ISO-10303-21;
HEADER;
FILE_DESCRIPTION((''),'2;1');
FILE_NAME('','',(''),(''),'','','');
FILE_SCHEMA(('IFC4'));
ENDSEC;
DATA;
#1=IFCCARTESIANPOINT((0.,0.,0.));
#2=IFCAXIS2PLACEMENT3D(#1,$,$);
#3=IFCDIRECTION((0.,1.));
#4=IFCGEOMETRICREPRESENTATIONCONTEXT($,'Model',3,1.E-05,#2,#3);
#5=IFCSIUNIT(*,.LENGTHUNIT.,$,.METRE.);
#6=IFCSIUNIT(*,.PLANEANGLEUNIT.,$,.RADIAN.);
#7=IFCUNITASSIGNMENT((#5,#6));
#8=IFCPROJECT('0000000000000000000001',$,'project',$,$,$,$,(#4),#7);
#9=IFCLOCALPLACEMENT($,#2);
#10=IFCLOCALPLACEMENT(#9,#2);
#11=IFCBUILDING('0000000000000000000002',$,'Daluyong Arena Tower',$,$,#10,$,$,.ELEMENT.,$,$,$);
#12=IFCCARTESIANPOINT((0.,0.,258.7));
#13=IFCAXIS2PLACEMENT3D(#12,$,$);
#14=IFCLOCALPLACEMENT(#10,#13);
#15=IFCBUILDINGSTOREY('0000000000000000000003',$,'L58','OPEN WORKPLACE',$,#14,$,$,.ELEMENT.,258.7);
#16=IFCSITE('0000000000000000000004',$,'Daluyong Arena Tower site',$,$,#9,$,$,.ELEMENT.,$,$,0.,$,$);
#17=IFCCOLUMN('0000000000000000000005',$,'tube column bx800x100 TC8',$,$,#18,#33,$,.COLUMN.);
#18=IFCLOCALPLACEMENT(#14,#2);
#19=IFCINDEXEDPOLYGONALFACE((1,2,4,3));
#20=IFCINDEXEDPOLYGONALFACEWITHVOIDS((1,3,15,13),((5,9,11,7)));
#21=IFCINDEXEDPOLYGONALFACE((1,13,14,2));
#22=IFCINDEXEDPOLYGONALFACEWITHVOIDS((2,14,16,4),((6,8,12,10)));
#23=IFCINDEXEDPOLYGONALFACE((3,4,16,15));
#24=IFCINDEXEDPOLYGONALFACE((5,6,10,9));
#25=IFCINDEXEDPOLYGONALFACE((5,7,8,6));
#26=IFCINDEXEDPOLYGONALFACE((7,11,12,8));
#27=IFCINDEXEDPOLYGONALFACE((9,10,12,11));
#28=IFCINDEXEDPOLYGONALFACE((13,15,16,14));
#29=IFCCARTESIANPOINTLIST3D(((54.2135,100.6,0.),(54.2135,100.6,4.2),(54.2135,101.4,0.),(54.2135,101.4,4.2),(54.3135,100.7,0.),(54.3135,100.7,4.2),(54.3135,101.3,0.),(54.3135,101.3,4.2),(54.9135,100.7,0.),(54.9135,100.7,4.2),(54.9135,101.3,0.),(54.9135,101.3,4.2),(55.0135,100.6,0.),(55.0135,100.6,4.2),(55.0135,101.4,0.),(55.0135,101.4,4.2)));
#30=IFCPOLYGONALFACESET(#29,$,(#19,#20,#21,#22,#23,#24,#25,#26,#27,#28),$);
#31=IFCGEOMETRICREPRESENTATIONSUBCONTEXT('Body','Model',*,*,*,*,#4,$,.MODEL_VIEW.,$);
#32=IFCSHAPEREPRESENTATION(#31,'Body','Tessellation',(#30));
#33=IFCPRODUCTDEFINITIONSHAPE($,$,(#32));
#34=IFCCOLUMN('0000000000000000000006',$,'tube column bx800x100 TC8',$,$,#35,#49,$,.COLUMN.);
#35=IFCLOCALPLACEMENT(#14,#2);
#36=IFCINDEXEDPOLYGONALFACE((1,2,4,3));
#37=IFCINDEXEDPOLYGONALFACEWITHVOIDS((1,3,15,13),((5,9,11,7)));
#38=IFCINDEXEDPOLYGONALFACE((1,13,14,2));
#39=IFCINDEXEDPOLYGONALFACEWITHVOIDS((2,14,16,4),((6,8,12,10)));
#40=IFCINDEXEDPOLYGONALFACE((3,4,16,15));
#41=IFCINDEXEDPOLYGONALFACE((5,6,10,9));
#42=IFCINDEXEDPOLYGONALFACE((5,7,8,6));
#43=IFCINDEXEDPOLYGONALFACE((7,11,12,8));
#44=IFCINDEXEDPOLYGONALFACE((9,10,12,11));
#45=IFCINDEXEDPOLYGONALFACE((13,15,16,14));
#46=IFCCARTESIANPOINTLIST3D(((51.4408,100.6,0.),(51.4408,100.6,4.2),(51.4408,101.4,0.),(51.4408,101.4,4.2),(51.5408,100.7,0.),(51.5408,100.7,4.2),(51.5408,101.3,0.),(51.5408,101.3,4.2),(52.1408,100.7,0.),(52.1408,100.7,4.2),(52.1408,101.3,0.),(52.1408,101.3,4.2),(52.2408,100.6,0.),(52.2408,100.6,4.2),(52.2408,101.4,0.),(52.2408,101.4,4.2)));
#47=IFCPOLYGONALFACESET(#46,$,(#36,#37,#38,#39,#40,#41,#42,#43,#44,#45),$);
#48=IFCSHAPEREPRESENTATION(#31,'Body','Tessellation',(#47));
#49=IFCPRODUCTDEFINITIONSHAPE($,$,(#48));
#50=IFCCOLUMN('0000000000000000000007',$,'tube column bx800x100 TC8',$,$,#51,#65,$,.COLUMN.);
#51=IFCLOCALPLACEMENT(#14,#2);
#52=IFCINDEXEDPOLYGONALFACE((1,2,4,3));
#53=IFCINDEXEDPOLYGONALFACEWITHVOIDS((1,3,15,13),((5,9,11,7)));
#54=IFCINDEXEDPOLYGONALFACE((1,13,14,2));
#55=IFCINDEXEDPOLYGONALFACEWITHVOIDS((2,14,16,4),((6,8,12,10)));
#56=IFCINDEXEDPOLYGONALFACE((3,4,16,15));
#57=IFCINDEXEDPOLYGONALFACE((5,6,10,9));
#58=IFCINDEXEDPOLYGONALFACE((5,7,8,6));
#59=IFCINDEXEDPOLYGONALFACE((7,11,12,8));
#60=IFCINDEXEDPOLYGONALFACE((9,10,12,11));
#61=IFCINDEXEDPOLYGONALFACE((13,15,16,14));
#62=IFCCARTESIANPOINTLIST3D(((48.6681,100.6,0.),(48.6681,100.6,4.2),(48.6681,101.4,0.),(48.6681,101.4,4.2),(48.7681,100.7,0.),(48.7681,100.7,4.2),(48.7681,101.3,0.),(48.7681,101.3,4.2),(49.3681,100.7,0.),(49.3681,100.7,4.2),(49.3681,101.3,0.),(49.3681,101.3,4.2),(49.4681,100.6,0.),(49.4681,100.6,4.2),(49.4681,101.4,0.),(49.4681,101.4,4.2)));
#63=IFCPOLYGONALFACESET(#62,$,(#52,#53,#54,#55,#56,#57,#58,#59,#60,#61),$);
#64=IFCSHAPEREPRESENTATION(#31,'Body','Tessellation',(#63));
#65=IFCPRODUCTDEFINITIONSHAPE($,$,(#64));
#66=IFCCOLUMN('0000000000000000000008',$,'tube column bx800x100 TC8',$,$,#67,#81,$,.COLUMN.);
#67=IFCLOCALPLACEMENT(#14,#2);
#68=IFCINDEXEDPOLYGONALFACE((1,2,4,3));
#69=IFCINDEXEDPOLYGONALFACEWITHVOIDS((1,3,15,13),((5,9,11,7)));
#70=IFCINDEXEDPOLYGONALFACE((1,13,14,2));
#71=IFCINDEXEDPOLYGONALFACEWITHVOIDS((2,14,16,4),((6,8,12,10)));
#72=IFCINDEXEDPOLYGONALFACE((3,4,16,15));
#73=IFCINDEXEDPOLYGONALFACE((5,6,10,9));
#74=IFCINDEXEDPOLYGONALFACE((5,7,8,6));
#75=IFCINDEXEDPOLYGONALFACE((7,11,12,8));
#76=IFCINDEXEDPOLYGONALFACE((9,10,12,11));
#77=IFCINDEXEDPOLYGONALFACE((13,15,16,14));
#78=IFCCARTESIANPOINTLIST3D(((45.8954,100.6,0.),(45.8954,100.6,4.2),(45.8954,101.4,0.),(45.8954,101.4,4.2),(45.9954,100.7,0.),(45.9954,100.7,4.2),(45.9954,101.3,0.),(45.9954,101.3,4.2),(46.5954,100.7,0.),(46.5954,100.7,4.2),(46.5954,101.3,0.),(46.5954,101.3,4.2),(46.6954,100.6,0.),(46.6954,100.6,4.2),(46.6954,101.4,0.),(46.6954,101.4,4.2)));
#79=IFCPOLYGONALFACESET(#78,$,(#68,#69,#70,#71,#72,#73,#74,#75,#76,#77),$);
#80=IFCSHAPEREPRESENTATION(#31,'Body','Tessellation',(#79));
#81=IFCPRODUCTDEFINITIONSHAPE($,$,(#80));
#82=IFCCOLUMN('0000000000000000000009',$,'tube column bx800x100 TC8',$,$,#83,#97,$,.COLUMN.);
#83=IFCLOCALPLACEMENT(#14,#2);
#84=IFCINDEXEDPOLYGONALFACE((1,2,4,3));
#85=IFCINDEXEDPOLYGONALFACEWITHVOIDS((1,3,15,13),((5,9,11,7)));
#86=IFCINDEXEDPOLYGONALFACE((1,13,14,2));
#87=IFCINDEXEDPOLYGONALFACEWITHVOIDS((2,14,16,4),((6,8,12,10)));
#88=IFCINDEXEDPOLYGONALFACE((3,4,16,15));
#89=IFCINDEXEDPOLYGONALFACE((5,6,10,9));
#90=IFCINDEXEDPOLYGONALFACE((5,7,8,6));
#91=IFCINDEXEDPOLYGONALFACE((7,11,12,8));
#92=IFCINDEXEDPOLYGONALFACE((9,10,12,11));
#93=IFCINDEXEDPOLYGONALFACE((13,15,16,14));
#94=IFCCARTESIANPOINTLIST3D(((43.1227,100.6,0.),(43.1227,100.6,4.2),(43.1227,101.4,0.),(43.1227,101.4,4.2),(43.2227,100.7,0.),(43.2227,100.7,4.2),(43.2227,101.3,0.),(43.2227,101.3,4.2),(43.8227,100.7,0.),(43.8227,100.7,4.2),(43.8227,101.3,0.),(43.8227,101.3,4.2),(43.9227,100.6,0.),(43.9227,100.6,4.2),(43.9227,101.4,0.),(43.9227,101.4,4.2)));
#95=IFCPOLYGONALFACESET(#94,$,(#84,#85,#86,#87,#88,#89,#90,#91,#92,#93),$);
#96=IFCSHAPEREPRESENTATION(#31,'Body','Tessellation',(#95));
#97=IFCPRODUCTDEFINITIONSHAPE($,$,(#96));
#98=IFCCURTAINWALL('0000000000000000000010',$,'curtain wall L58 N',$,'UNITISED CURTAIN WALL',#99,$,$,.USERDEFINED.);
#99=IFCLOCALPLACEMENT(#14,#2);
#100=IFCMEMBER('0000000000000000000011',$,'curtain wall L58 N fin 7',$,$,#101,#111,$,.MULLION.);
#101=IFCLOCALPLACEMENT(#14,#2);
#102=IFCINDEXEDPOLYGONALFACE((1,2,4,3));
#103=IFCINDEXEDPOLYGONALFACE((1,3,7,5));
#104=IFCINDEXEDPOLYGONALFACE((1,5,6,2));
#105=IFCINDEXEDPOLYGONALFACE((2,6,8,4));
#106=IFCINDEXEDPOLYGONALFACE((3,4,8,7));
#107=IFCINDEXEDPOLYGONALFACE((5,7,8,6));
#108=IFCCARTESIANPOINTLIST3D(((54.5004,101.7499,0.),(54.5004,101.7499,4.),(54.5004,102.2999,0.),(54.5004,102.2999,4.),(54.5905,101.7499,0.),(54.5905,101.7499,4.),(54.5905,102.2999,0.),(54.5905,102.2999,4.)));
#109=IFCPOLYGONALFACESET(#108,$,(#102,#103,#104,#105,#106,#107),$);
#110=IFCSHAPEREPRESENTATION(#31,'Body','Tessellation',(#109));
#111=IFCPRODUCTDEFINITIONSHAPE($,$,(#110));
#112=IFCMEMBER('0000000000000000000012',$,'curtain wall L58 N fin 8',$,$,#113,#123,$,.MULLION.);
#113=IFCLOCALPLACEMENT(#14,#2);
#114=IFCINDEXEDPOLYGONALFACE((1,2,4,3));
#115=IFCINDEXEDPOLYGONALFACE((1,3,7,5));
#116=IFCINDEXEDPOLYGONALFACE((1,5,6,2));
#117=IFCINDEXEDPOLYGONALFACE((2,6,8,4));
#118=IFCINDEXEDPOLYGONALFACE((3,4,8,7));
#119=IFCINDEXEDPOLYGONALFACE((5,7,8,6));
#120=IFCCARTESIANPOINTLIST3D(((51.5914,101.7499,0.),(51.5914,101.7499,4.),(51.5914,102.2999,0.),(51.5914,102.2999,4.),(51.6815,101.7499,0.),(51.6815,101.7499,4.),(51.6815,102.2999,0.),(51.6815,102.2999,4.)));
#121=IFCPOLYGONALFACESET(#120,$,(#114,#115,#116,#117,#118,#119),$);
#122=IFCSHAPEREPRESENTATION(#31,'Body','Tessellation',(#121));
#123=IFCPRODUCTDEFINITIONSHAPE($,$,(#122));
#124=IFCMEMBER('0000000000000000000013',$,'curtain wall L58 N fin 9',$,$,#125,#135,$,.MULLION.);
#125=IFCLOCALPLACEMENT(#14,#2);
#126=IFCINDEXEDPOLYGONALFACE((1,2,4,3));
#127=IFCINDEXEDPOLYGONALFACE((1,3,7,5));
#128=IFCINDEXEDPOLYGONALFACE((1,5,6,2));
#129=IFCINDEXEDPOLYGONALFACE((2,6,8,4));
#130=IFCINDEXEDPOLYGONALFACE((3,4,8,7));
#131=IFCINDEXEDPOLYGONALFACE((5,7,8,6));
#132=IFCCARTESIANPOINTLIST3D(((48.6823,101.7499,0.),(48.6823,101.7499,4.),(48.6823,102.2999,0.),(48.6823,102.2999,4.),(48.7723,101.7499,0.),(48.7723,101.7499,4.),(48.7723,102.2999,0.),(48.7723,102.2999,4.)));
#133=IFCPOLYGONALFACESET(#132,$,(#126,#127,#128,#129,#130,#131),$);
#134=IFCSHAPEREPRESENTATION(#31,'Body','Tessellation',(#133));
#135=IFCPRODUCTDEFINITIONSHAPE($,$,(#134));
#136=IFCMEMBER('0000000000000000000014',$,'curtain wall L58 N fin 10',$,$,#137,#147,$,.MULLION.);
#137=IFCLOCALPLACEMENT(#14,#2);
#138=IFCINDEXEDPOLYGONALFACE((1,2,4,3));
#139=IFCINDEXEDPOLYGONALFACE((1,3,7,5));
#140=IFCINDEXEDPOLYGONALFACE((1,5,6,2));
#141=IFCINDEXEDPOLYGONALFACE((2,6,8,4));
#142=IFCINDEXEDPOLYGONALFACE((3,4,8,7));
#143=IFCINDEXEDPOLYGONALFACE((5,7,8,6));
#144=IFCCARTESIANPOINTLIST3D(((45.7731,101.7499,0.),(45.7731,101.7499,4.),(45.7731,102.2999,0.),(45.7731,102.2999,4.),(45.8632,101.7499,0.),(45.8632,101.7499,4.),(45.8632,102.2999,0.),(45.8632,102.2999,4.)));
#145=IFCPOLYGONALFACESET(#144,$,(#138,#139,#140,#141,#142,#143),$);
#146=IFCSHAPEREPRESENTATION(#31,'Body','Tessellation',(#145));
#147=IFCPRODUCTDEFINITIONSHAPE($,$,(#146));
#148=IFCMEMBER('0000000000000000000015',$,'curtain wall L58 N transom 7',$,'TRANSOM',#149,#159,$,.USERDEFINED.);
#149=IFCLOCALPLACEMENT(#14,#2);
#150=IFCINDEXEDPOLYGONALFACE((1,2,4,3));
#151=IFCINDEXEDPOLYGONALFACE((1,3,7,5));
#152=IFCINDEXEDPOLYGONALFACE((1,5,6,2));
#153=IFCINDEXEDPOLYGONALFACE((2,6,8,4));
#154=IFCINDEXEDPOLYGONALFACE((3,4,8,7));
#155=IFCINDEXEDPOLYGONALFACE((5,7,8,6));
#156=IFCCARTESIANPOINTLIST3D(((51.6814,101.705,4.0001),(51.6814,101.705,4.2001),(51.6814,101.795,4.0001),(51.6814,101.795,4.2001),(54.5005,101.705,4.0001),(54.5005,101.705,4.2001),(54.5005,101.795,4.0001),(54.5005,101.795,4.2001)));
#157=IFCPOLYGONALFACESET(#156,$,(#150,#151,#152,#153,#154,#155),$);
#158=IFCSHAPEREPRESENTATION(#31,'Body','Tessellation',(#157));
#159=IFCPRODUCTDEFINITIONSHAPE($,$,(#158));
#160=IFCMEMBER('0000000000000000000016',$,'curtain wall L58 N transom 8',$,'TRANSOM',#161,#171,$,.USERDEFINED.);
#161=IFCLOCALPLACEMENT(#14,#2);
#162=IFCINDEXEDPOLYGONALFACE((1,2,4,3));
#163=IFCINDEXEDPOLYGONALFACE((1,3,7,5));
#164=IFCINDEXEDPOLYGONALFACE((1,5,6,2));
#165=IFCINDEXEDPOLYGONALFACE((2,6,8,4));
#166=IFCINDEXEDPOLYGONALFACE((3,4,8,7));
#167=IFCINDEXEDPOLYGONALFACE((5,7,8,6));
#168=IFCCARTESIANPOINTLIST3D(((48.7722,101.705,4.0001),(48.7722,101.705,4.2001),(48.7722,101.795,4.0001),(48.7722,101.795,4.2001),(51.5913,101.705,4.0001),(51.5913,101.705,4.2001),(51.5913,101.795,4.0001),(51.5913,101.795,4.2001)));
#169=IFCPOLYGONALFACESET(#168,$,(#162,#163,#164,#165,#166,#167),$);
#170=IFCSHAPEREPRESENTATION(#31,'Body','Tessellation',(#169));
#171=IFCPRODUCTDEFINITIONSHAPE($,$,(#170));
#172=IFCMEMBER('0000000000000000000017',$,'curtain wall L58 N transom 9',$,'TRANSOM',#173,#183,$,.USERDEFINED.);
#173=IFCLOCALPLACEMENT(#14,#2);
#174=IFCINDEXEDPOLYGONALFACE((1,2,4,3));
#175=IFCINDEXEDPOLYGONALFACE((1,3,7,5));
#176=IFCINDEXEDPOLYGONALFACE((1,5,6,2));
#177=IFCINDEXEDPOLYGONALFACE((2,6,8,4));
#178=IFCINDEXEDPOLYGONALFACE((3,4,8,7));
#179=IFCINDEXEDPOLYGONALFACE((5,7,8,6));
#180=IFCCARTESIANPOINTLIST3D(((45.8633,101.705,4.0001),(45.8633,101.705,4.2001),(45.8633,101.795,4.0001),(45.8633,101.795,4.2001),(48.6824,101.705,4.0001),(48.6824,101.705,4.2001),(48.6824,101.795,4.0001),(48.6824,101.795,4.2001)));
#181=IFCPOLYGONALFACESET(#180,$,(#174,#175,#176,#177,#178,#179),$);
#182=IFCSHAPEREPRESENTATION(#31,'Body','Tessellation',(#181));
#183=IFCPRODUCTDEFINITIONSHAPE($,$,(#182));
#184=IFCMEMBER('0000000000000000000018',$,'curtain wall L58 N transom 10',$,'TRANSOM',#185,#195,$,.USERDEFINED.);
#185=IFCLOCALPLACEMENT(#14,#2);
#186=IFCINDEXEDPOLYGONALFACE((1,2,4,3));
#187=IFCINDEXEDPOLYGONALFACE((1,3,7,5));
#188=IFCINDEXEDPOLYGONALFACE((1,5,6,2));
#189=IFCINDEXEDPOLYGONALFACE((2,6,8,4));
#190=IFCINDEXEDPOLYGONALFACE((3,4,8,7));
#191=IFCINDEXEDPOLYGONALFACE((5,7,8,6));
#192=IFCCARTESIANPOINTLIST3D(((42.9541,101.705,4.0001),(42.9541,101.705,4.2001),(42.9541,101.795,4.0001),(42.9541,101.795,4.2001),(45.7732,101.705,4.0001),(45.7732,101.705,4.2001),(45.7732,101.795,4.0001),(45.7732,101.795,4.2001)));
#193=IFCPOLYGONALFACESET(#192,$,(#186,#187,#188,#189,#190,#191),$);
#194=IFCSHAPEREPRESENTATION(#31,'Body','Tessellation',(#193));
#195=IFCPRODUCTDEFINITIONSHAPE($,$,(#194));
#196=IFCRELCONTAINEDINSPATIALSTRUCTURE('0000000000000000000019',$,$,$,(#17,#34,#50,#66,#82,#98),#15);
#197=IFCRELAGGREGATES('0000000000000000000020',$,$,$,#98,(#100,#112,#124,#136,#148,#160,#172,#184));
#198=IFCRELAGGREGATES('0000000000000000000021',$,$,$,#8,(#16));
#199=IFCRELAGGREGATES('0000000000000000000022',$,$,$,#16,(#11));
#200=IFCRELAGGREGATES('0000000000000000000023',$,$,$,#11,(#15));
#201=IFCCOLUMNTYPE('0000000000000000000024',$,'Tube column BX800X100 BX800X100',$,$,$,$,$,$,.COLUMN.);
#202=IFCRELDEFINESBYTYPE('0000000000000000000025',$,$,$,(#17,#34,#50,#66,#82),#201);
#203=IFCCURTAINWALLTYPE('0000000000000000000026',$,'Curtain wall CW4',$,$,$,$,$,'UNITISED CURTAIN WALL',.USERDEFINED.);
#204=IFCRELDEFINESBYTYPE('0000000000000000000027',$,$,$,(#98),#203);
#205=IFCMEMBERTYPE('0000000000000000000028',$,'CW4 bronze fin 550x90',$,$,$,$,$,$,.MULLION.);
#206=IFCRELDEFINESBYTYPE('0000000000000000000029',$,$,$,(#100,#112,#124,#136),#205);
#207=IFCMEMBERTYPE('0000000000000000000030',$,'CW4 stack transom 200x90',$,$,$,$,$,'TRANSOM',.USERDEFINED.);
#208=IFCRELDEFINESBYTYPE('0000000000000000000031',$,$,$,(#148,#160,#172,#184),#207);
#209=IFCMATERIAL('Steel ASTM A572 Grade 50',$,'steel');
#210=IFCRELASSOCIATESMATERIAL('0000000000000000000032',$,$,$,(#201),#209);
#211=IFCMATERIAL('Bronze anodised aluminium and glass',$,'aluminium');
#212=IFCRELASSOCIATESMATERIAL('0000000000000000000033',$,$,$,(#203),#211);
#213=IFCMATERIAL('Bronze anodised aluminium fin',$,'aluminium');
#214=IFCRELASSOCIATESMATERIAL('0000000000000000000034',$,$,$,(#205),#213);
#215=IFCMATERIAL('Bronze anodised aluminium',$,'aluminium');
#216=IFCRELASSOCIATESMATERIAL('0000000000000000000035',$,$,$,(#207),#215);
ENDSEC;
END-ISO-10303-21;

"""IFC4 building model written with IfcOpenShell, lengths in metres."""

from ifc_helpers import new_model, si_unit, direction, frame, origin, origin_2d, place, context, subcontext, project, spatial, rectangle, hollow_rectangle, extrude, material, material_profile, profile_set, type_object, element, aggregate, save


model = new_model("IFC4")

# Units and contexts
model_context = context("Model", 3, precision=1e-05, world=origin(), true_north=direction((0.0, 1.0)))
body_context = subcontext(model_context, "Body", "Model", "MODEL_VIEW")
ifc_project = project(units=[si_unit("LENGTHUNIT", "METRE"), si_unit("PLANEANGLEUNIT", "RADIAN")], contexts=[model_context])

# Site, building, storey
site_placement = place(None, origin())
site = spatial("IfcSite", under=ifc_project, at=site_placement, Name="Daluyong Arena Tower site", CompositionType="ELEMENT", RefElevation=0.0)
building_placement = place(site_placement, origin())
building = spatial("IfcBuilding", under=site, at=building_placement, Name="Daluyong Arena Tower", CompositionType="ELEMENT")
storey_placement = place(building_placement, frame((0.0, 0.0, 258.7)))
storey = spatial("IfcBuildingStorey", under=building, at=storey_placement, Name="L58", Description="OPEN WORKPLACE", CompositionType="ELEMENT", Elevation=258.7)

# Columns
ifc_material_1 = material(Name="Steel ASTM A572 Grade 50", Category="steel")
ifc_material_profile_1 = material_profile(ifc_material_1, hollow_rectangle(XDim=0.8, YDim=0.8, WallThickness=0.1, at=origin_2d()))
ifc_profile_set_1 = profile_set([ifc_material_profile_1], Name="Steel ASTM A572 Grade 50")
column_type = type_object("IfcColumnType", Name="Tube column BX800X100 BX800X100", PredefinedType="COLUMN", material=ifc_profile_set_1)
for number, where, z_axis, x_axis, name in (
    (1, (54.6135, 101.0, 0.0), (0.0, 0.0, 1.0), (1.0, 0.0, 0.0), "tube column bx800x100 TC8"),
    (2, (51.8408, 101.0, 0.0), (0.0, 0.0, 1.0), (1.0, 0.0, 0.0), "tube column bx800x100 TC8"),
    (3, (49.0681, 101.0, 0.0), (0.0, 0.0, 1.0), (1.0, 0.0, 0.0), "tube column bx800x100 TC8"),
    (4, (46.2954, 101.0, 0.0), (0.0, 0.0, 1.0), (1.0, 0.0, 0.0), "tube column bx800x100 TC8"),
    (5, (43.5227, 101.0, 0.0), (0.0, 0.0, 1.0), (1.0, 0.0, 0.0), "tube column bx800x100 TC8"),
):
    element("IfcColumn", number, at=place(storey_placement, frame(where, z_axis=z_axis, x_axis=x_axis)), inside=storey, type_object=column_type, Name=name, PredefinedType="COLUMN", context=body_context, shape_type="SweptSolid", body=[
        extrude(hollow_rectangle(XDim=0.8, YDim=0.8, WallThickness=0.1, at=origin_2d()), origin(), (0.0, 0.0, 1.0), 4.2),
    ])

# Curtain wall, members
ifc_material_2 = material(Name="Bronze anodised aluminium and glass", Category="aluminium")
curtain_wall_type = type_object("IfcCurtainWallType", Name="Curtain wall CW4", ElementType="UNITISED CURTAIN WALL", PredefinedType="USERDEFINED", material=ifc_material_2)
curtain_wall_placement = place(storey_placement, origin())
curtain_wall = element("IfcCurtainWall", 6, at=curtain_wall_placement, inside=storey, type_object=curtain_wall_type, Name="curtain wall L58 N", ObjectType="UNITISED CURTAIN WALL", PredefinedType="USERDEFINED")
ifc_material_3 = material(Name="Bronze anodised aluminium fin", Category="aluminium")
ifc_material_profile_2 = material_profile(ifc_material_3, rectangle(XDim=0.55, YDim=0.0901, at=origin_2d()))
ifc_profile_set_2 = profile_set([ifc_material_profile_2], Name="Bronze anodised aluminium fin")
member_type_1 = type_object("IfcMemberType", Name="CW4 bronze fin 550x90", PredefinedType="MULLION", material=ifc_profile_set_2)
member_1_placement = place(storey_placement, frame((54.5454, 102.0249, 0.0), z_axis=(0.0, 0.0, 1.0), x_axis=(0.0, -1.0, 0.0)))
member_1 = element("IfcMember", 7, at=member_1_placement, type_object=member_type_1, Name="curtain wall L58 N fin 7", PredefinedType="MULLION", context=body_context, shape_type="SweptSolid", body=[
    extrude(rectangle(XDim=0.55, YDim=0.0901, at=origin_2d()), origin(), (0.0, 0.0, 1.0), 4.0),
])
member_2_placement = place(storey_placement, frame((51.6365, 102.0249, 0.0), z_axis=(0.0, 0.0, 1.0), x_axis=(0.0, -1.0, 0.0)))
member_2 = element("IfcMember", 8, at=member_2_placement, type_object=member_type_1, Name="curtain wall L58 N fin 8", PredefinedType="MULLION", context=body_context, shape_type="SweptSolid", body=[
    extrude(rectangle(XDim=0.55, YDim=0.0901, at=origin_2d()), origin(), (0.0, 0.0, 1.0), 4.0),
])
member_3_placement = place(storey_placement, frame((48.7273, 102.0249, 0.0), z_axis=(0.0, 0.0, 1.0), x_axis=(0.0, -1.0, 0.0)))
member_3 = element("IfcMember", 9, at=member_3_placement, type_object=member_type_1, Name="curtain wall L58 N fin 9", PredefinedType="MULLION", context=body_context, shape_type="SweptSolid", body=[
    extrude(rectangle(XDim=0.55, YDim=0.0901, at=origin_2d()), origin(), (0.0, 0.0, 1.0), 4.0),
])
member_4_placement = place(storey_placement, frame((45.8181, 102.0249, 0.0), z_axis=(0.0, 0.0, 1.0), x_axis=(0.0, -1.0, 0.0)))
member_4 = element("IfcMember", 10, at=member_4_placement, type_object=member_type_1, Name="curtain wall L58 N fin 10", PredefinedType="MULLION", context=body_context, shape_type="SweptSolid", body=[
    extrude(rectangle(XDim=0.55, YDim=0.0901, at=origin_2d()), origin(), (0.0, 0.0, 1.0), 4.0),
])
ifc_material_4 = material(Name="Bronze anodised aluminium", Category="aluminium")
ifc_material_profile_3 = material_profile(ifc_material_4, rectangle(XDim=0.0901, YDim=0.2, at=origin_2d()))
ifc_profile_set_3 = profile_set([ifc_material_profile_3], Name="Bronze anodised aluminium")
member_type_2 = type_object("IfcMemberType", Name="CW4 stack transom 200x90", ElementType="TRANSOM", PredefinedType="USERDEFINED", material=ifc_profile_set_3)
member_5_placement = place(storey_placement, frame((54.5005, 101.75, 4.1001), z_axis=(-1.0, 0.0, 0.0), x_axis=(0.0, -1.0, 0.0)))
member_5 = element("IfcMember", 11, at=member_5_placement, type_object=member_type_2, Name="curtain wall L58 N transom 7", ObjectType="TRANSOM", PredefinedType="USERDEFINED", context=body_context, shape_type="SweptSolid", body=[
    extrude(rectangle(XDim=0.0901, YDim=0.2, at=origin_2d()), origin(), (0.0, 0.0, 1.0), 2.8191),
])
member_6_placement = place(storey_placement, frame((51.5913, 101.75, 4.1001), z_axis=(-1.0, 0.0, 0.0), x_axis=(0.0, -1.0, 0.0)))
member_6 = element("IfcMember", 12, at=member_6_placement, type_object=member_type_2, Name="curtain wall L58 N transom 8", ObjectType="TRANSOM", PredefinedType="USERDEFINED", context=body_context, shape_type="SweptSolid", body=[
    extrude(rectangle(XDim=0.0901, YDim=0.2, at=origin_2d()), origin(), (0.0, 0.0, 1.0), 2.8191),
])
member_7_placement = place(storey_placement, frame((48.6824, 101.75, 4.1001), z_axis=(-1.0, 0.0, 0.0), x_axis=(0.0, -1.0, 0.0)))
member_7 = element("IfcMember", 13, at=member_7_placement, type_object=member_type_2, Name="curtain wall L58 N transom 9", ObjectType="TRANSOM", PredefinedType="USERDEFINED", context=body_context, shape_type="SweptSolid", body=[
    extrude(rectangle(XDim=0.0901, YDim=0.2, at=origin_2d()), origin(), (0.0, 0.0, 1.0), 2.8191),
])
member_8_placement = place(storey_placement, frame((45.7732, 101.75, 4.1001), z_axis=(-1.0, 0.0, 0.0), x_axis=(0.0, -1.0, 0.0)))
member_8 = element("IfcMember", 14, at=member_8_placement, type_object=member_type_2, Name="curtain wall L58 N transom 10", ObjectType="TRANSOM", PredefinedType="USERDEFINED", context=body_context, shape_type="SweptSolid", body=[
    extrude(rectangle(XDim=0.0901, YDim=0.2, at=origin_2d()), origin(), (0.0, 0.0, 1.0), 2.8191),
])

aggregate(curtain_wall, [member_1, member_2, member_3, member_4, member_5, member_6, member_7, member_8])

save(model, "model.ifc")
